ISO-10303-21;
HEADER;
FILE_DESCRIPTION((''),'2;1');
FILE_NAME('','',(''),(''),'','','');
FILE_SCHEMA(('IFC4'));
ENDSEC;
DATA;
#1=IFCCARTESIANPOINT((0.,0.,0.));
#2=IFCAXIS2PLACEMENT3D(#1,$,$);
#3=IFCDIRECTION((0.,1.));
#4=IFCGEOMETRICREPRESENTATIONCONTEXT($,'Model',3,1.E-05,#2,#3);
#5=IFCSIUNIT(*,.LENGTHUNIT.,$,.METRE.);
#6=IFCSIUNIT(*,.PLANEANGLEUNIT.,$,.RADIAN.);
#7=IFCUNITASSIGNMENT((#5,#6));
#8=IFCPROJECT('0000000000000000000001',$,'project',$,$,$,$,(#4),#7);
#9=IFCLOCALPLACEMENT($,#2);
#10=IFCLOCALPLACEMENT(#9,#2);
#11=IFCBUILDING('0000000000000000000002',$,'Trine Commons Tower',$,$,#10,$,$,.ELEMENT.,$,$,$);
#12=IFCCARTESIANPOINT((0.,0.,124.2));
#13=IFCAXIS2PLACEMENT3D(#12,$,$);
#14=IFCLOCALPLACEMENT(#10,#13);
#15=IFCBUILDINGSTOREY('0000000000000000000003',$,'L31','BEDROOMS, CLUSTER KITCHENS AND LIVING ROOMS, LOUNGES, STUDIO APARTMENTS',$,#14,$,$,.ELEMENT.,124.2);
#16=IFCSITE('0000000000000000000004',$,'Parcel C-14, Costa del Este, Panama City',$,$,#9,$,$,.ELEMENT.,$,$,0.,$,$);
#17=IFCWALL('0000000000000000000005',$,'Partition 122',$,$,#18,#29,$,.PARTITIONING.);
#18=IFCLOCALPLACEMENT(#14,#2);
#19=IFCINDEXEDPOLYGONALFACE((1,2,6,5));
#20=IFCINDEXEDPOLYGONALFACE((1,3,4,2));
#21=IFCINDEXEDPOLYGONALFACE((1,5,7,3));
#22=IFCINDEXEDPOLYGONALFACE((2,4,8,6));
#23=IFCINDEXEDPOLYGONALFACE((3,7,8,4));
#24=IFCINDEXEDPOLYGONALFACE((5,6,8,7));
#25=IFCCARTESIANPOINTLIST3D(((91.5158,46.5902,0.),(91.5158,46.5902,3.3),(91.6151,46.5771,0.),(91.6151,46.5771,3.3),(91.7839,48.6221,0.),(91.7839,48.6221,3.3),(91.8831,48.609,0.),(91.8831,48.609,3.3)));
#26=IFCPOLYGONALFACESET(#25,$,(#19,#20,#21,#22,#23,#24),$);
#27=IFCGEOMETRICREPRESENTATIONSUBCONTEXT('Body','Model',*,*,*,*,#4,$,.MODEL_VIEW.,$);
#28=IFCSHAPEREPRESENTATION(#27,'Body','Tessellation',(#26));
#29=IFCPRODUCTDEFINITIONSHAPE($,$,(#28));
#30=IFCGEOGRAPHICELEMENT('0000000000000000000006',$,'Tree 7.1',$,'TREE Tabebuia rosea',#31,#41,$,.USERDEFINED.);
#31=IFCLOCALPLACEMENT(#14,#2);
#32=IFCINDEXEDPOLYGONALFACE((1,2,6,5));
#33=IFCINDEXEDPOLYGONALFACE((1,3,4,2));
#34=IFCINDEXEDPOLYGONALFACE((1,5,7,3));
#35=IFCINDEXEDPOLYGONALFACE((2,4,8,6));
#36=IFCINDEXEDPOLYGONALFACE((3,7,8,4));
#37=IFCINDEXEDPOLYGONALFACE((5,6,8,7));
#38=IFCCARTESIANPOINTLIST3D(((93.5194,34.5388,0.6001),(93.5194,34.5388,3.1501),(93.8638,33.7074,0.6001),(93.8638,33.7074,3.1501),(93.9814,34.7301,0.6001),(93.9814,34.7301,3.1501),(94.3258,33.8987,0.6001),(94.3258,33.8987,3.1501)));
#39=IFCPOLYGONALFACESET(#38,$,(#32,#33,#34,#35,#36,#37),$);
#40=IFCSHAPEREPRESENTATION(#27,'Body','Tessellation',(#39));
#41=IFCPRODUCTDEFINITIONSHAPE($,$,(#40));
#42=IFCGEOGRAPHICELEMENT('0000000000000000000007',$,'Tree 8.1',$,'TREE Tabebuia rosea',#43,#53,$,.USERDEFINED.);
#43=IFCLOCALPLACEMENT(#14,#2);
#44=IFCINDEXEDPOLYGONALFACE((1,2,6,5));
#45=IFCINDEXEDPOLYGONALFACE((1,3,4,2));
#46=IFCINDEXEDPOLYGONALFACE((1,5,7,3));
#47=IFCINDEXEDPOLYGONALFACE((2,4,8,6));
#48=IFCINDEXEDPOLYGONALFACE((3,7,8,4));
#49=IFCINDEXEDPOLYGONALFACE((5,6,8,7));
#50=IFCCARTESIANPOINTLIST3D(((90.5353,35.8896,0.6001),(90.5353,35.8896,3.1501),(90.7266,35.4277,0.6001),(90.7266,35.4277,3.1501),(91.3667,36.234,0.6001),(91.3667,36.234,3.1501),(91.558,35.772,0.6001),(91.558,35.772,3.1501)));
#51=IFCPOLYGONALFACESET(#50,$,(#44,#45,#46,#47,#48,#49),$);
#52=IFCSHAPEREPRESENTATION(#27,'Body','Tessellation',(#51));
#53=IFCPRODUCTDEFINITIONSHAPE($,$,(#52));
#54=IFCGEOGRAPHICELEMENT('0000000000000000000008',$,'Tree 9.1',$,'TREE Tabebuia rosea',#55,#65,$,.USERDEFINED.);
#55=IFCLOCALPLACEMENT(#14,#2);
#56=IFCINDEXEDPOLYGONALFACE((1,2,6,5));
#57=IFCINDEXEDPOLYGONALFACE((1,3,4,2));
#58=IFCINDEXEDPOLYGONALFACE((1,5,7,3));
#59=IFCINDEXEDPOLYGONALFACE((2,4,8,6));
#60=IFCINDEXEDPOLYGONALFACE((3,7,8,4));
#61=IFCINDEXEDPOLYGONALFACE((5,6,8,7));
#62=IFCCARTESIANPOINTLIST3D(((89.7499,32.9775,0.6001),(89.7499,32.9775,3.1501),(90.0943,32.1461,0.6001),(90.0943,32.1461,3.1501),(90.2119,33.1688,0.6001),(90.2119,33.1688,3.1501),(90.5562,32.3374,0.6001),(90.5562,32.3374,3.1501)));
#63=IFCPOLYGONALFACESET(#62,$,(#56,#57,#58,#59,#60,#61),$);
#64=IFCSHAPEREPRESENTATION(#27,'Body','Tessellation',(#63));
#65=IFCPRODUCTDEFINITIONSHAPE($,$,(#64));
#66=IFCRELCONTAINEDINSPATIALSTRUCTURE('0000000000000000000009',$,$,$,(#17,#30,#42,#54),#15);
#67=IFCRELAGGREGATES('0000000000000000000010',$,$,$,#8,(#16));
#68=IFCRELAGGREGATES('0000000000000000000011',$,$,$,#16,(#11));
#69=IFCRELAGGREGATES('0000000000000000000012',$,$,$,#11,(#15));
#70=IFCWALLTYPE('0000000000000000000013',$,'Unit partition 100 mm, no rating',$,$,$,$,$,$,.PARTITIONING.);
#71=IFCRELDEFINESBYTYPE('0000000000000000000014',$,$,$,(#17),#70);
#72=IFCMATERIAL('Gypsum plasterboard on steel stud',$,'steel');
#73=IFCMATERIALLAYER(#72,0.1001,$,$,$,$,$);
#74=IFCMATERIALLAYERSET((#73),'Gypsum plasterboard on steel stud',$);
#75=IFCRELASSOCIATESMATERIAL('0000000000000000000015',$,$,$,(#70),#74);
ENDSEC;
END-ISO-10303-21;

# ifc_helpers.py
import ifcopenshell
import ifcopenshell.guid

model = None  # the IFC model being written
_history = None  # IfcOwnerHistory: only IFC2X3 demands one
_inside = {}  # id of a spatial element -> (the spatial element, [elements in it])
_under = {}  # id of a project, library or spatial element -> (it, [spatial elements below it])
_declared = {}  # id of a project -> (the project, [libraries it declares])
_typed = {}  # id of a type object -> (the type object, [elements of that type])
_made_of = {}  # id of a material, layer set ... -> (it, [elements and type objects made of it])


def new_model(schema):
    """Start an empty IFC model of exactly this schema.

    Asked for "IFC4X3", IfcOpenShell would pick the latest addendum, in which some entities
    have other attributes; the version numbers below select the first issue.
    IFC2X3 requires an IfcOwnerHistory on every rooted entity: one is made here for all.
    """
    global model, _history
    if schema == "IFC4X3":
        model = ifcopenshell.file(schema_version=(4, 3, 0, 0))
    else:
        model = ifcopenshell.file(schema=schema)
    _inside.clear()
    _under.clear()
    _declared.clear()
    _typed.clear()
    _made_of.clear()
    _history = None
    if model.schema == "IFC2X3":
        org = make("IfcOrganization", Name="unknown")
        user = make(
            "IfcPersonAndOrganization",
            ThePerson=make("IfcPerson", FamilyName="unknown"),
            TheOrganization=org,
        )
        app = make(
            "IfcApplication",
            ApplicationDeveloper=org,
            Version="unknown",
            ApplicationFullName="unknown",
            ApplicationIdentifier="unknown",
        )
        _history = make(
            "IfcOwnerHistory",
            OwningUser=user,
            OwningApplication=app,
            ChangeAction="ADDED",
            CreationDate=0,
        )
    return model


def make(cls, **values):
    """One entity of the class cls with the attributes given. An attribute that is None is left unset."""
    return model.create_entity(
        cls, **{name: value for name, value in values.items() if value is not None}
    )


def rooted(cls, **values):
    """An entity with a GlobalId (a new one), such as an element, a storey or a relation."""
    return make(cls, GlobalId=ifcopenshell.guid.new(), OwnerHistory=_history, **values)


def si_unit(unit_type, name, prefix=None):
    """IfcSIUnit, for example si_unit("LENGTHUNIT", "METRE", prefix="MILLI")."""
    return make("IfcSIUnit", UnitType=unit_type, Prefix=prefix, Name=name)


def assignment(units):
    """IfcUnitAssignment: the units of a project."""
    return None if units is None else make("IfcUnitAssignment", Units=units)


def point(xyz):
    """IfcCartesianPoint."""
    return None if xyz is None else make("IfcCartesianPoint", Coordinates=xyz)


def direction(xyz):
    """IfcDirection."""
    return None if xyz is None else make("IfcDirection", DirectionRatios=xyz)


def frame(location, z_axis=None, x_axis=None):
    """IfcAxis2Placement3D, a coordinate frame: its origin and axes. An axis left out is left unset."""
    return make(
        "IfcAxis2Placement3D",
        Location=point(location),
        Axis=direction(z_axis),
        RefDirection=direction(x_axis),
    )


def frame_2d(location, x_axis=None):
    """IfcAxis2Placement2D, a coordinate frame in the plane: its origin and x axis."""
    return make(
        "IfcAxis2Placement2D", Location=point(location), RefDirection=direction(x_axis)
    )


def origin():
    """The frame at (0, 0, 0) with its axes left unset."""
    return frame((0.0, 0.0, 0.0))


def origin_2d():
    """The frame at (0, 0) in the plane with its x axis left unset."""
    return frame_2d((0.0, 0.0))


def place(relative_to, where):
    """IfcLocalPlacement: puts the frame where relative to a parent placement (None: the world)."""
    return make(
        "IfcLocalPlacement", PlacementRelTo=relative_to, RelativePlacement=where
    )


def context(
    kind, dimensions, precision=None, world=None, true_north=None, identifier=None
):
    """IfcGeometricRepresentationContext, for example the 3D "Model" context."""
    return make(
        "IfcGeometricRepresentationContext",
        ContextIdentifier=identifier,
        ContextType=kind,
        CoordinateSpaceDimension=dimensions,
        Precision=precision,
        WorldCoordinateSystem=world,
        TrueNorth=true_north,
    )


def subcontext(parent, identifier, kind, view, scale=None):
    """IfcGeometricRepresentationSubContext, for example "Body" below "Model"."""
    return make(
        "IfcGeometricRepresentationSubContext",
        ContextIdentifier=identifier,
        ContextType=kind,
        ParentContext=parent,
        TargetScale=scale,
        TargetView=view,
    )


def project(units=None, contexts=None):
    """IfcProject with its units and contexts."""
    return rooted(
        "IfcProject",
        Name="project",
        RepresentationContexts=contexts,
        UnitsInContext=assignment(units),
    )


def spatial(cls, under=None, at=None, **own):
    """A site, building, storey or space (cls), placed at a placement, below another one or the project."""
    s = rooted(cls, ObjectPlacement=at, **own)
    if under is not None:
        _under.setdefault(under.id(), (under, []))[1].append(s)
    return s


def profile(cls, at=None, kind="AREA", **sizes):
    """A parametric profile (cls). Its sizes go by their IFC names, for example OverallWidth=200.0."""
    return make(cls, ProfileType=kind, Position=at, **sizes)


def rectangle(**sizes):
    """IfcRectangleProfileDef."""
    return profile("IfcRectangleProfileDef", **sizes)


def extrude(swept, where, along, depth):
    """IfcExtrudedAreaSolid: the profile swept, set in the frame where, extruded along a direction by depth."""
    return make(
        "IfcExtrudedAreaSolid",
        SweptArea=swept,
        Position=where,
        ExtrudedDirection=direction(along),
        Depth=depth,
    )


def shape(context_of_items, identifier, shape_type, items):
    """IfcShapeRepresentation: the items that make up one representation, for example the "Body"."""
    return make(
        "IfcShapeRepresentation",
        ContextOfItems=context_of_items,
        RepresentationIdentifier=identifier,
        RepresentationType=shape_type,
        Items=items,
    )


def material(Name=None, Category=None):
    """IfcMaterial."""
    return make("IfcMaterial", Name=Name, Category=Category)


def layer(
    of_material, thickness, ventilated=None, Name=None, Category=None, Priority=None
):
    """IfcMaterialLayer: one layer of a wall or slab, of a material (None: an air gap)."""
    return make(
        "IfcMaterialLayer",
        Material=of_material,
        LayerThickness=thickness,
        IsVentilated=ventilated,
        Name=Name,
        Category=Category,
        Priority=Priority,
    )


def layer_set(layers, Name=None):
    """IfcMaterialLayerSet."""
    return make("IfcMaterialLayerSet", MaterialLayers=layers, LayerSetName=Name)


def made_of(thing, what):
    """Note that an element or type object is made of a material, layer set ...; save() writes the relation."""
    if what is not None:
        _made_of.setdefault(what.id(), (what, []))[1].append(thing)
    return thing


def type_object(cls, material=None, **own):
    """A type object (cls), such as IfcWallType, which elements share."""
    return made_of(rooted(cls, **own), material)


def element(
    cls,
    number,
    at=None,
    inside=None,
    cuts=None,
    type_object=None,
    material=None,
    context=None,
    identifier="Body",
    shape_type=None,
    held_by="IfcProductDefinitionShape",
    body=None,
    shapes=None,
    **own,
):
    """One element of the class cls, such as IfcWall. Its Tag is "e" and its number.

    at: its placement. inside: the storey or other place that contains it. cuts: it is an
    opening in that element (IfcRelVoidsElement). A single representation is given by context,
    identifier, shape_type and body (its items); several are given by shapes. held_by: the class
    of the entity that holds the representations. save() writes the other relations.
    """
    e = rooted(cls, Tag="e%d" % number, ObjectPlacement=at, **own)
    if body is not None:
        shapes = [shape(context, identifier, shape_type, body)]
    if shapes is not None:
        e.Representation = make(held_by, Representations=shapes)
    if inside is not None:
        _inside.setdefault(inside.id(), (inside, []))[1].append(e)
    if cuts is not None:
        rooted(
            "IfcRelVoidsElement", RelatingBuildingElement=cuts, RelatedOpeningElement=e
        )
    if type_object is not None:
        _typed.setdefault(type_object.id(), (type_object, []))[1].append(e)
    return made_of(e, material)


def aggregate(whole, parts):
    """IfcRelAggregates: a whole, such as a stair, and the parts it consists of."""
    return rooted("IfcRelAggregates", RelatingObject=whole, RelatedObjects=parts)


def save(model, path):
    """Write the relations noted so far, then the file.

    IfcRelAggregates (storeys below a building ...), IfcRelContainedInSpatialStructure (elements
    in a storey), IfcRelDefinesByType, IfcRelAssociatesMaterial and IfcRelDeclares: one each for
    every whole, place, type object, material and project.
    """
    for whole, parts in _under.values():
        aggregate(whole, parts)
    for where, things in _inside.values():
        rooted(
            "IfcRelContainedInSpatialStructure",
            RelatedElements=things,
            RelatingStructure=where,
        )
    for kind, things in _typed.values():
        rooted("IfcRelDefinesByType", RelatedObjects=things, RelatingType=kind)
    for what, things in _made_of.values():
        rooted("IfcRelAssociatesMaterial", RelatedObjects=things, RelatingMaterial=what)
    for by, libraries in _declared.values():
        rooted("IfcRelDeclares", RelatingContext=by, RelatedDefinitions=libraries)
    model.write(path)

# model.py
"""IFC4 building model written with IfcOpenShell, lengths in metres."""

from ifc_helpers import new_model, si_unit, direction, frame, frame_2d, origin, origin_2d, place, context, subcontext, project, spatial, rectangle, extrude, material, layer, layer_set, type_object, element, save


model = new_model("IFC4")

# Units and contexts
model_context = context("Model", 3, precision=1e-05, world=origin(), true_north=direction((0.0, 1.0)))
body_context = subcontext(model_context, "Body", "Model", "MODEL_VIEW")
ifc_project = project(units=[si_unit("LENGTHUNIT", "METRE"), si_unit("PLANEANGLEUNIT", "RADIAN")], contexts=[model_context])

# Site, building, storey
site_placement = place(None, origin())
site = spatial("IfcSite", under=ifc_project, at=site_placement, Name="Parcel C-14, Costa del Este, Panama City", CompositionType="ELEMENT", RefElevation=0.0)
building_placement = place(site_placement, origin())
building = spatial("IfcBuilding", under=site, at=building_placement, Name="Trine Commons Tower", CompositionType="ELEMENT")
storey_placement = place(building_placement, frame((0.0, 0.0, 124.2)))
storey = spatial("IfcBuildingStorey", under=building, at=storey_placement, Name="L31", Description="BEDROOMS, CLUSTER KITCHENS AND LIVING ROOMS, LOUNGES, STUDIO APARTMENTS", CompositionType="ELEMENT", Elevation=124.2)

# Shared definitions
ifc_material_1 = material(Name="Gypsum plasterboard on steel stud", Category="steel")

# Shared definitions
ifc_layer_1 = layer(ifc_material_1, 0.1001)
ifc_layer_set_1 = layer_set([ifc_layer_1], Name="Gypsum plasterboard on steel stud")
wall_type_1 = type_object("IfcWallType", Name="Unit partition 100 mm, no rating", PredefinedType="PARTITIONING", material=ifc_layer_set_1)

# Wall
wall_1_placement = place(storey_placement, frame((91.5654, 46.5835, 0.0), z_axis=(0.0, 0.0, 1.0), x_axis=(0.13079, 0.99141, 0.0)))
element("IfcWall", 1, at=wall_1_placement, inside=storey, type_object=wall_type_1, Name="Partition 122", PredefinedType="PARTITIONING", context=body_context, shape_type="SweptSolid", body=[
    extrude(rectangle(XDim=2.0496, YDim=0.1001, at=frame_2d((1.0249, 0.0))), origin(), (0.0, 0.0, 1.0), 3.3),
])

# Geographic elements
for number, where, z_axis, x_axis, name in (
    (2, (93.9226, 34.2188, 0.6001), (0.0, 0.0, 1.0), (-0.382695, 0.923875, 0.0), "Tree 7.1"),
    (3, (91.0466, 35.8308, 0.6001), (0.0, 0.0, 1.0), (-0.923878, -0.382688, 0.0), "Tree 8.1"),
    (4, (90.1531, 32.6575, 0.6001), (0.0, 0.0, 1.0), (0.382695, -0.923875, 0.0), "Tree 9.1"),
):
    element("IfcGeographicElement", number, at=place(storey_placement, frame(where, z_axis=z_axis, x_axis=x_axis)), inside=storey, Name=name, ObjectType="TREE Tabebuia rosea", PredefinedType="USERDEFINED", context=body_context, shape_type="SweptSolid", body=[
        extrude(rectangle(XDim=0.8999, YDim=0.5, at=origin_2d()), origin(), (0.0, 0.0, 1.0), 2.55),
    ])

save(model, "model.ifc")
